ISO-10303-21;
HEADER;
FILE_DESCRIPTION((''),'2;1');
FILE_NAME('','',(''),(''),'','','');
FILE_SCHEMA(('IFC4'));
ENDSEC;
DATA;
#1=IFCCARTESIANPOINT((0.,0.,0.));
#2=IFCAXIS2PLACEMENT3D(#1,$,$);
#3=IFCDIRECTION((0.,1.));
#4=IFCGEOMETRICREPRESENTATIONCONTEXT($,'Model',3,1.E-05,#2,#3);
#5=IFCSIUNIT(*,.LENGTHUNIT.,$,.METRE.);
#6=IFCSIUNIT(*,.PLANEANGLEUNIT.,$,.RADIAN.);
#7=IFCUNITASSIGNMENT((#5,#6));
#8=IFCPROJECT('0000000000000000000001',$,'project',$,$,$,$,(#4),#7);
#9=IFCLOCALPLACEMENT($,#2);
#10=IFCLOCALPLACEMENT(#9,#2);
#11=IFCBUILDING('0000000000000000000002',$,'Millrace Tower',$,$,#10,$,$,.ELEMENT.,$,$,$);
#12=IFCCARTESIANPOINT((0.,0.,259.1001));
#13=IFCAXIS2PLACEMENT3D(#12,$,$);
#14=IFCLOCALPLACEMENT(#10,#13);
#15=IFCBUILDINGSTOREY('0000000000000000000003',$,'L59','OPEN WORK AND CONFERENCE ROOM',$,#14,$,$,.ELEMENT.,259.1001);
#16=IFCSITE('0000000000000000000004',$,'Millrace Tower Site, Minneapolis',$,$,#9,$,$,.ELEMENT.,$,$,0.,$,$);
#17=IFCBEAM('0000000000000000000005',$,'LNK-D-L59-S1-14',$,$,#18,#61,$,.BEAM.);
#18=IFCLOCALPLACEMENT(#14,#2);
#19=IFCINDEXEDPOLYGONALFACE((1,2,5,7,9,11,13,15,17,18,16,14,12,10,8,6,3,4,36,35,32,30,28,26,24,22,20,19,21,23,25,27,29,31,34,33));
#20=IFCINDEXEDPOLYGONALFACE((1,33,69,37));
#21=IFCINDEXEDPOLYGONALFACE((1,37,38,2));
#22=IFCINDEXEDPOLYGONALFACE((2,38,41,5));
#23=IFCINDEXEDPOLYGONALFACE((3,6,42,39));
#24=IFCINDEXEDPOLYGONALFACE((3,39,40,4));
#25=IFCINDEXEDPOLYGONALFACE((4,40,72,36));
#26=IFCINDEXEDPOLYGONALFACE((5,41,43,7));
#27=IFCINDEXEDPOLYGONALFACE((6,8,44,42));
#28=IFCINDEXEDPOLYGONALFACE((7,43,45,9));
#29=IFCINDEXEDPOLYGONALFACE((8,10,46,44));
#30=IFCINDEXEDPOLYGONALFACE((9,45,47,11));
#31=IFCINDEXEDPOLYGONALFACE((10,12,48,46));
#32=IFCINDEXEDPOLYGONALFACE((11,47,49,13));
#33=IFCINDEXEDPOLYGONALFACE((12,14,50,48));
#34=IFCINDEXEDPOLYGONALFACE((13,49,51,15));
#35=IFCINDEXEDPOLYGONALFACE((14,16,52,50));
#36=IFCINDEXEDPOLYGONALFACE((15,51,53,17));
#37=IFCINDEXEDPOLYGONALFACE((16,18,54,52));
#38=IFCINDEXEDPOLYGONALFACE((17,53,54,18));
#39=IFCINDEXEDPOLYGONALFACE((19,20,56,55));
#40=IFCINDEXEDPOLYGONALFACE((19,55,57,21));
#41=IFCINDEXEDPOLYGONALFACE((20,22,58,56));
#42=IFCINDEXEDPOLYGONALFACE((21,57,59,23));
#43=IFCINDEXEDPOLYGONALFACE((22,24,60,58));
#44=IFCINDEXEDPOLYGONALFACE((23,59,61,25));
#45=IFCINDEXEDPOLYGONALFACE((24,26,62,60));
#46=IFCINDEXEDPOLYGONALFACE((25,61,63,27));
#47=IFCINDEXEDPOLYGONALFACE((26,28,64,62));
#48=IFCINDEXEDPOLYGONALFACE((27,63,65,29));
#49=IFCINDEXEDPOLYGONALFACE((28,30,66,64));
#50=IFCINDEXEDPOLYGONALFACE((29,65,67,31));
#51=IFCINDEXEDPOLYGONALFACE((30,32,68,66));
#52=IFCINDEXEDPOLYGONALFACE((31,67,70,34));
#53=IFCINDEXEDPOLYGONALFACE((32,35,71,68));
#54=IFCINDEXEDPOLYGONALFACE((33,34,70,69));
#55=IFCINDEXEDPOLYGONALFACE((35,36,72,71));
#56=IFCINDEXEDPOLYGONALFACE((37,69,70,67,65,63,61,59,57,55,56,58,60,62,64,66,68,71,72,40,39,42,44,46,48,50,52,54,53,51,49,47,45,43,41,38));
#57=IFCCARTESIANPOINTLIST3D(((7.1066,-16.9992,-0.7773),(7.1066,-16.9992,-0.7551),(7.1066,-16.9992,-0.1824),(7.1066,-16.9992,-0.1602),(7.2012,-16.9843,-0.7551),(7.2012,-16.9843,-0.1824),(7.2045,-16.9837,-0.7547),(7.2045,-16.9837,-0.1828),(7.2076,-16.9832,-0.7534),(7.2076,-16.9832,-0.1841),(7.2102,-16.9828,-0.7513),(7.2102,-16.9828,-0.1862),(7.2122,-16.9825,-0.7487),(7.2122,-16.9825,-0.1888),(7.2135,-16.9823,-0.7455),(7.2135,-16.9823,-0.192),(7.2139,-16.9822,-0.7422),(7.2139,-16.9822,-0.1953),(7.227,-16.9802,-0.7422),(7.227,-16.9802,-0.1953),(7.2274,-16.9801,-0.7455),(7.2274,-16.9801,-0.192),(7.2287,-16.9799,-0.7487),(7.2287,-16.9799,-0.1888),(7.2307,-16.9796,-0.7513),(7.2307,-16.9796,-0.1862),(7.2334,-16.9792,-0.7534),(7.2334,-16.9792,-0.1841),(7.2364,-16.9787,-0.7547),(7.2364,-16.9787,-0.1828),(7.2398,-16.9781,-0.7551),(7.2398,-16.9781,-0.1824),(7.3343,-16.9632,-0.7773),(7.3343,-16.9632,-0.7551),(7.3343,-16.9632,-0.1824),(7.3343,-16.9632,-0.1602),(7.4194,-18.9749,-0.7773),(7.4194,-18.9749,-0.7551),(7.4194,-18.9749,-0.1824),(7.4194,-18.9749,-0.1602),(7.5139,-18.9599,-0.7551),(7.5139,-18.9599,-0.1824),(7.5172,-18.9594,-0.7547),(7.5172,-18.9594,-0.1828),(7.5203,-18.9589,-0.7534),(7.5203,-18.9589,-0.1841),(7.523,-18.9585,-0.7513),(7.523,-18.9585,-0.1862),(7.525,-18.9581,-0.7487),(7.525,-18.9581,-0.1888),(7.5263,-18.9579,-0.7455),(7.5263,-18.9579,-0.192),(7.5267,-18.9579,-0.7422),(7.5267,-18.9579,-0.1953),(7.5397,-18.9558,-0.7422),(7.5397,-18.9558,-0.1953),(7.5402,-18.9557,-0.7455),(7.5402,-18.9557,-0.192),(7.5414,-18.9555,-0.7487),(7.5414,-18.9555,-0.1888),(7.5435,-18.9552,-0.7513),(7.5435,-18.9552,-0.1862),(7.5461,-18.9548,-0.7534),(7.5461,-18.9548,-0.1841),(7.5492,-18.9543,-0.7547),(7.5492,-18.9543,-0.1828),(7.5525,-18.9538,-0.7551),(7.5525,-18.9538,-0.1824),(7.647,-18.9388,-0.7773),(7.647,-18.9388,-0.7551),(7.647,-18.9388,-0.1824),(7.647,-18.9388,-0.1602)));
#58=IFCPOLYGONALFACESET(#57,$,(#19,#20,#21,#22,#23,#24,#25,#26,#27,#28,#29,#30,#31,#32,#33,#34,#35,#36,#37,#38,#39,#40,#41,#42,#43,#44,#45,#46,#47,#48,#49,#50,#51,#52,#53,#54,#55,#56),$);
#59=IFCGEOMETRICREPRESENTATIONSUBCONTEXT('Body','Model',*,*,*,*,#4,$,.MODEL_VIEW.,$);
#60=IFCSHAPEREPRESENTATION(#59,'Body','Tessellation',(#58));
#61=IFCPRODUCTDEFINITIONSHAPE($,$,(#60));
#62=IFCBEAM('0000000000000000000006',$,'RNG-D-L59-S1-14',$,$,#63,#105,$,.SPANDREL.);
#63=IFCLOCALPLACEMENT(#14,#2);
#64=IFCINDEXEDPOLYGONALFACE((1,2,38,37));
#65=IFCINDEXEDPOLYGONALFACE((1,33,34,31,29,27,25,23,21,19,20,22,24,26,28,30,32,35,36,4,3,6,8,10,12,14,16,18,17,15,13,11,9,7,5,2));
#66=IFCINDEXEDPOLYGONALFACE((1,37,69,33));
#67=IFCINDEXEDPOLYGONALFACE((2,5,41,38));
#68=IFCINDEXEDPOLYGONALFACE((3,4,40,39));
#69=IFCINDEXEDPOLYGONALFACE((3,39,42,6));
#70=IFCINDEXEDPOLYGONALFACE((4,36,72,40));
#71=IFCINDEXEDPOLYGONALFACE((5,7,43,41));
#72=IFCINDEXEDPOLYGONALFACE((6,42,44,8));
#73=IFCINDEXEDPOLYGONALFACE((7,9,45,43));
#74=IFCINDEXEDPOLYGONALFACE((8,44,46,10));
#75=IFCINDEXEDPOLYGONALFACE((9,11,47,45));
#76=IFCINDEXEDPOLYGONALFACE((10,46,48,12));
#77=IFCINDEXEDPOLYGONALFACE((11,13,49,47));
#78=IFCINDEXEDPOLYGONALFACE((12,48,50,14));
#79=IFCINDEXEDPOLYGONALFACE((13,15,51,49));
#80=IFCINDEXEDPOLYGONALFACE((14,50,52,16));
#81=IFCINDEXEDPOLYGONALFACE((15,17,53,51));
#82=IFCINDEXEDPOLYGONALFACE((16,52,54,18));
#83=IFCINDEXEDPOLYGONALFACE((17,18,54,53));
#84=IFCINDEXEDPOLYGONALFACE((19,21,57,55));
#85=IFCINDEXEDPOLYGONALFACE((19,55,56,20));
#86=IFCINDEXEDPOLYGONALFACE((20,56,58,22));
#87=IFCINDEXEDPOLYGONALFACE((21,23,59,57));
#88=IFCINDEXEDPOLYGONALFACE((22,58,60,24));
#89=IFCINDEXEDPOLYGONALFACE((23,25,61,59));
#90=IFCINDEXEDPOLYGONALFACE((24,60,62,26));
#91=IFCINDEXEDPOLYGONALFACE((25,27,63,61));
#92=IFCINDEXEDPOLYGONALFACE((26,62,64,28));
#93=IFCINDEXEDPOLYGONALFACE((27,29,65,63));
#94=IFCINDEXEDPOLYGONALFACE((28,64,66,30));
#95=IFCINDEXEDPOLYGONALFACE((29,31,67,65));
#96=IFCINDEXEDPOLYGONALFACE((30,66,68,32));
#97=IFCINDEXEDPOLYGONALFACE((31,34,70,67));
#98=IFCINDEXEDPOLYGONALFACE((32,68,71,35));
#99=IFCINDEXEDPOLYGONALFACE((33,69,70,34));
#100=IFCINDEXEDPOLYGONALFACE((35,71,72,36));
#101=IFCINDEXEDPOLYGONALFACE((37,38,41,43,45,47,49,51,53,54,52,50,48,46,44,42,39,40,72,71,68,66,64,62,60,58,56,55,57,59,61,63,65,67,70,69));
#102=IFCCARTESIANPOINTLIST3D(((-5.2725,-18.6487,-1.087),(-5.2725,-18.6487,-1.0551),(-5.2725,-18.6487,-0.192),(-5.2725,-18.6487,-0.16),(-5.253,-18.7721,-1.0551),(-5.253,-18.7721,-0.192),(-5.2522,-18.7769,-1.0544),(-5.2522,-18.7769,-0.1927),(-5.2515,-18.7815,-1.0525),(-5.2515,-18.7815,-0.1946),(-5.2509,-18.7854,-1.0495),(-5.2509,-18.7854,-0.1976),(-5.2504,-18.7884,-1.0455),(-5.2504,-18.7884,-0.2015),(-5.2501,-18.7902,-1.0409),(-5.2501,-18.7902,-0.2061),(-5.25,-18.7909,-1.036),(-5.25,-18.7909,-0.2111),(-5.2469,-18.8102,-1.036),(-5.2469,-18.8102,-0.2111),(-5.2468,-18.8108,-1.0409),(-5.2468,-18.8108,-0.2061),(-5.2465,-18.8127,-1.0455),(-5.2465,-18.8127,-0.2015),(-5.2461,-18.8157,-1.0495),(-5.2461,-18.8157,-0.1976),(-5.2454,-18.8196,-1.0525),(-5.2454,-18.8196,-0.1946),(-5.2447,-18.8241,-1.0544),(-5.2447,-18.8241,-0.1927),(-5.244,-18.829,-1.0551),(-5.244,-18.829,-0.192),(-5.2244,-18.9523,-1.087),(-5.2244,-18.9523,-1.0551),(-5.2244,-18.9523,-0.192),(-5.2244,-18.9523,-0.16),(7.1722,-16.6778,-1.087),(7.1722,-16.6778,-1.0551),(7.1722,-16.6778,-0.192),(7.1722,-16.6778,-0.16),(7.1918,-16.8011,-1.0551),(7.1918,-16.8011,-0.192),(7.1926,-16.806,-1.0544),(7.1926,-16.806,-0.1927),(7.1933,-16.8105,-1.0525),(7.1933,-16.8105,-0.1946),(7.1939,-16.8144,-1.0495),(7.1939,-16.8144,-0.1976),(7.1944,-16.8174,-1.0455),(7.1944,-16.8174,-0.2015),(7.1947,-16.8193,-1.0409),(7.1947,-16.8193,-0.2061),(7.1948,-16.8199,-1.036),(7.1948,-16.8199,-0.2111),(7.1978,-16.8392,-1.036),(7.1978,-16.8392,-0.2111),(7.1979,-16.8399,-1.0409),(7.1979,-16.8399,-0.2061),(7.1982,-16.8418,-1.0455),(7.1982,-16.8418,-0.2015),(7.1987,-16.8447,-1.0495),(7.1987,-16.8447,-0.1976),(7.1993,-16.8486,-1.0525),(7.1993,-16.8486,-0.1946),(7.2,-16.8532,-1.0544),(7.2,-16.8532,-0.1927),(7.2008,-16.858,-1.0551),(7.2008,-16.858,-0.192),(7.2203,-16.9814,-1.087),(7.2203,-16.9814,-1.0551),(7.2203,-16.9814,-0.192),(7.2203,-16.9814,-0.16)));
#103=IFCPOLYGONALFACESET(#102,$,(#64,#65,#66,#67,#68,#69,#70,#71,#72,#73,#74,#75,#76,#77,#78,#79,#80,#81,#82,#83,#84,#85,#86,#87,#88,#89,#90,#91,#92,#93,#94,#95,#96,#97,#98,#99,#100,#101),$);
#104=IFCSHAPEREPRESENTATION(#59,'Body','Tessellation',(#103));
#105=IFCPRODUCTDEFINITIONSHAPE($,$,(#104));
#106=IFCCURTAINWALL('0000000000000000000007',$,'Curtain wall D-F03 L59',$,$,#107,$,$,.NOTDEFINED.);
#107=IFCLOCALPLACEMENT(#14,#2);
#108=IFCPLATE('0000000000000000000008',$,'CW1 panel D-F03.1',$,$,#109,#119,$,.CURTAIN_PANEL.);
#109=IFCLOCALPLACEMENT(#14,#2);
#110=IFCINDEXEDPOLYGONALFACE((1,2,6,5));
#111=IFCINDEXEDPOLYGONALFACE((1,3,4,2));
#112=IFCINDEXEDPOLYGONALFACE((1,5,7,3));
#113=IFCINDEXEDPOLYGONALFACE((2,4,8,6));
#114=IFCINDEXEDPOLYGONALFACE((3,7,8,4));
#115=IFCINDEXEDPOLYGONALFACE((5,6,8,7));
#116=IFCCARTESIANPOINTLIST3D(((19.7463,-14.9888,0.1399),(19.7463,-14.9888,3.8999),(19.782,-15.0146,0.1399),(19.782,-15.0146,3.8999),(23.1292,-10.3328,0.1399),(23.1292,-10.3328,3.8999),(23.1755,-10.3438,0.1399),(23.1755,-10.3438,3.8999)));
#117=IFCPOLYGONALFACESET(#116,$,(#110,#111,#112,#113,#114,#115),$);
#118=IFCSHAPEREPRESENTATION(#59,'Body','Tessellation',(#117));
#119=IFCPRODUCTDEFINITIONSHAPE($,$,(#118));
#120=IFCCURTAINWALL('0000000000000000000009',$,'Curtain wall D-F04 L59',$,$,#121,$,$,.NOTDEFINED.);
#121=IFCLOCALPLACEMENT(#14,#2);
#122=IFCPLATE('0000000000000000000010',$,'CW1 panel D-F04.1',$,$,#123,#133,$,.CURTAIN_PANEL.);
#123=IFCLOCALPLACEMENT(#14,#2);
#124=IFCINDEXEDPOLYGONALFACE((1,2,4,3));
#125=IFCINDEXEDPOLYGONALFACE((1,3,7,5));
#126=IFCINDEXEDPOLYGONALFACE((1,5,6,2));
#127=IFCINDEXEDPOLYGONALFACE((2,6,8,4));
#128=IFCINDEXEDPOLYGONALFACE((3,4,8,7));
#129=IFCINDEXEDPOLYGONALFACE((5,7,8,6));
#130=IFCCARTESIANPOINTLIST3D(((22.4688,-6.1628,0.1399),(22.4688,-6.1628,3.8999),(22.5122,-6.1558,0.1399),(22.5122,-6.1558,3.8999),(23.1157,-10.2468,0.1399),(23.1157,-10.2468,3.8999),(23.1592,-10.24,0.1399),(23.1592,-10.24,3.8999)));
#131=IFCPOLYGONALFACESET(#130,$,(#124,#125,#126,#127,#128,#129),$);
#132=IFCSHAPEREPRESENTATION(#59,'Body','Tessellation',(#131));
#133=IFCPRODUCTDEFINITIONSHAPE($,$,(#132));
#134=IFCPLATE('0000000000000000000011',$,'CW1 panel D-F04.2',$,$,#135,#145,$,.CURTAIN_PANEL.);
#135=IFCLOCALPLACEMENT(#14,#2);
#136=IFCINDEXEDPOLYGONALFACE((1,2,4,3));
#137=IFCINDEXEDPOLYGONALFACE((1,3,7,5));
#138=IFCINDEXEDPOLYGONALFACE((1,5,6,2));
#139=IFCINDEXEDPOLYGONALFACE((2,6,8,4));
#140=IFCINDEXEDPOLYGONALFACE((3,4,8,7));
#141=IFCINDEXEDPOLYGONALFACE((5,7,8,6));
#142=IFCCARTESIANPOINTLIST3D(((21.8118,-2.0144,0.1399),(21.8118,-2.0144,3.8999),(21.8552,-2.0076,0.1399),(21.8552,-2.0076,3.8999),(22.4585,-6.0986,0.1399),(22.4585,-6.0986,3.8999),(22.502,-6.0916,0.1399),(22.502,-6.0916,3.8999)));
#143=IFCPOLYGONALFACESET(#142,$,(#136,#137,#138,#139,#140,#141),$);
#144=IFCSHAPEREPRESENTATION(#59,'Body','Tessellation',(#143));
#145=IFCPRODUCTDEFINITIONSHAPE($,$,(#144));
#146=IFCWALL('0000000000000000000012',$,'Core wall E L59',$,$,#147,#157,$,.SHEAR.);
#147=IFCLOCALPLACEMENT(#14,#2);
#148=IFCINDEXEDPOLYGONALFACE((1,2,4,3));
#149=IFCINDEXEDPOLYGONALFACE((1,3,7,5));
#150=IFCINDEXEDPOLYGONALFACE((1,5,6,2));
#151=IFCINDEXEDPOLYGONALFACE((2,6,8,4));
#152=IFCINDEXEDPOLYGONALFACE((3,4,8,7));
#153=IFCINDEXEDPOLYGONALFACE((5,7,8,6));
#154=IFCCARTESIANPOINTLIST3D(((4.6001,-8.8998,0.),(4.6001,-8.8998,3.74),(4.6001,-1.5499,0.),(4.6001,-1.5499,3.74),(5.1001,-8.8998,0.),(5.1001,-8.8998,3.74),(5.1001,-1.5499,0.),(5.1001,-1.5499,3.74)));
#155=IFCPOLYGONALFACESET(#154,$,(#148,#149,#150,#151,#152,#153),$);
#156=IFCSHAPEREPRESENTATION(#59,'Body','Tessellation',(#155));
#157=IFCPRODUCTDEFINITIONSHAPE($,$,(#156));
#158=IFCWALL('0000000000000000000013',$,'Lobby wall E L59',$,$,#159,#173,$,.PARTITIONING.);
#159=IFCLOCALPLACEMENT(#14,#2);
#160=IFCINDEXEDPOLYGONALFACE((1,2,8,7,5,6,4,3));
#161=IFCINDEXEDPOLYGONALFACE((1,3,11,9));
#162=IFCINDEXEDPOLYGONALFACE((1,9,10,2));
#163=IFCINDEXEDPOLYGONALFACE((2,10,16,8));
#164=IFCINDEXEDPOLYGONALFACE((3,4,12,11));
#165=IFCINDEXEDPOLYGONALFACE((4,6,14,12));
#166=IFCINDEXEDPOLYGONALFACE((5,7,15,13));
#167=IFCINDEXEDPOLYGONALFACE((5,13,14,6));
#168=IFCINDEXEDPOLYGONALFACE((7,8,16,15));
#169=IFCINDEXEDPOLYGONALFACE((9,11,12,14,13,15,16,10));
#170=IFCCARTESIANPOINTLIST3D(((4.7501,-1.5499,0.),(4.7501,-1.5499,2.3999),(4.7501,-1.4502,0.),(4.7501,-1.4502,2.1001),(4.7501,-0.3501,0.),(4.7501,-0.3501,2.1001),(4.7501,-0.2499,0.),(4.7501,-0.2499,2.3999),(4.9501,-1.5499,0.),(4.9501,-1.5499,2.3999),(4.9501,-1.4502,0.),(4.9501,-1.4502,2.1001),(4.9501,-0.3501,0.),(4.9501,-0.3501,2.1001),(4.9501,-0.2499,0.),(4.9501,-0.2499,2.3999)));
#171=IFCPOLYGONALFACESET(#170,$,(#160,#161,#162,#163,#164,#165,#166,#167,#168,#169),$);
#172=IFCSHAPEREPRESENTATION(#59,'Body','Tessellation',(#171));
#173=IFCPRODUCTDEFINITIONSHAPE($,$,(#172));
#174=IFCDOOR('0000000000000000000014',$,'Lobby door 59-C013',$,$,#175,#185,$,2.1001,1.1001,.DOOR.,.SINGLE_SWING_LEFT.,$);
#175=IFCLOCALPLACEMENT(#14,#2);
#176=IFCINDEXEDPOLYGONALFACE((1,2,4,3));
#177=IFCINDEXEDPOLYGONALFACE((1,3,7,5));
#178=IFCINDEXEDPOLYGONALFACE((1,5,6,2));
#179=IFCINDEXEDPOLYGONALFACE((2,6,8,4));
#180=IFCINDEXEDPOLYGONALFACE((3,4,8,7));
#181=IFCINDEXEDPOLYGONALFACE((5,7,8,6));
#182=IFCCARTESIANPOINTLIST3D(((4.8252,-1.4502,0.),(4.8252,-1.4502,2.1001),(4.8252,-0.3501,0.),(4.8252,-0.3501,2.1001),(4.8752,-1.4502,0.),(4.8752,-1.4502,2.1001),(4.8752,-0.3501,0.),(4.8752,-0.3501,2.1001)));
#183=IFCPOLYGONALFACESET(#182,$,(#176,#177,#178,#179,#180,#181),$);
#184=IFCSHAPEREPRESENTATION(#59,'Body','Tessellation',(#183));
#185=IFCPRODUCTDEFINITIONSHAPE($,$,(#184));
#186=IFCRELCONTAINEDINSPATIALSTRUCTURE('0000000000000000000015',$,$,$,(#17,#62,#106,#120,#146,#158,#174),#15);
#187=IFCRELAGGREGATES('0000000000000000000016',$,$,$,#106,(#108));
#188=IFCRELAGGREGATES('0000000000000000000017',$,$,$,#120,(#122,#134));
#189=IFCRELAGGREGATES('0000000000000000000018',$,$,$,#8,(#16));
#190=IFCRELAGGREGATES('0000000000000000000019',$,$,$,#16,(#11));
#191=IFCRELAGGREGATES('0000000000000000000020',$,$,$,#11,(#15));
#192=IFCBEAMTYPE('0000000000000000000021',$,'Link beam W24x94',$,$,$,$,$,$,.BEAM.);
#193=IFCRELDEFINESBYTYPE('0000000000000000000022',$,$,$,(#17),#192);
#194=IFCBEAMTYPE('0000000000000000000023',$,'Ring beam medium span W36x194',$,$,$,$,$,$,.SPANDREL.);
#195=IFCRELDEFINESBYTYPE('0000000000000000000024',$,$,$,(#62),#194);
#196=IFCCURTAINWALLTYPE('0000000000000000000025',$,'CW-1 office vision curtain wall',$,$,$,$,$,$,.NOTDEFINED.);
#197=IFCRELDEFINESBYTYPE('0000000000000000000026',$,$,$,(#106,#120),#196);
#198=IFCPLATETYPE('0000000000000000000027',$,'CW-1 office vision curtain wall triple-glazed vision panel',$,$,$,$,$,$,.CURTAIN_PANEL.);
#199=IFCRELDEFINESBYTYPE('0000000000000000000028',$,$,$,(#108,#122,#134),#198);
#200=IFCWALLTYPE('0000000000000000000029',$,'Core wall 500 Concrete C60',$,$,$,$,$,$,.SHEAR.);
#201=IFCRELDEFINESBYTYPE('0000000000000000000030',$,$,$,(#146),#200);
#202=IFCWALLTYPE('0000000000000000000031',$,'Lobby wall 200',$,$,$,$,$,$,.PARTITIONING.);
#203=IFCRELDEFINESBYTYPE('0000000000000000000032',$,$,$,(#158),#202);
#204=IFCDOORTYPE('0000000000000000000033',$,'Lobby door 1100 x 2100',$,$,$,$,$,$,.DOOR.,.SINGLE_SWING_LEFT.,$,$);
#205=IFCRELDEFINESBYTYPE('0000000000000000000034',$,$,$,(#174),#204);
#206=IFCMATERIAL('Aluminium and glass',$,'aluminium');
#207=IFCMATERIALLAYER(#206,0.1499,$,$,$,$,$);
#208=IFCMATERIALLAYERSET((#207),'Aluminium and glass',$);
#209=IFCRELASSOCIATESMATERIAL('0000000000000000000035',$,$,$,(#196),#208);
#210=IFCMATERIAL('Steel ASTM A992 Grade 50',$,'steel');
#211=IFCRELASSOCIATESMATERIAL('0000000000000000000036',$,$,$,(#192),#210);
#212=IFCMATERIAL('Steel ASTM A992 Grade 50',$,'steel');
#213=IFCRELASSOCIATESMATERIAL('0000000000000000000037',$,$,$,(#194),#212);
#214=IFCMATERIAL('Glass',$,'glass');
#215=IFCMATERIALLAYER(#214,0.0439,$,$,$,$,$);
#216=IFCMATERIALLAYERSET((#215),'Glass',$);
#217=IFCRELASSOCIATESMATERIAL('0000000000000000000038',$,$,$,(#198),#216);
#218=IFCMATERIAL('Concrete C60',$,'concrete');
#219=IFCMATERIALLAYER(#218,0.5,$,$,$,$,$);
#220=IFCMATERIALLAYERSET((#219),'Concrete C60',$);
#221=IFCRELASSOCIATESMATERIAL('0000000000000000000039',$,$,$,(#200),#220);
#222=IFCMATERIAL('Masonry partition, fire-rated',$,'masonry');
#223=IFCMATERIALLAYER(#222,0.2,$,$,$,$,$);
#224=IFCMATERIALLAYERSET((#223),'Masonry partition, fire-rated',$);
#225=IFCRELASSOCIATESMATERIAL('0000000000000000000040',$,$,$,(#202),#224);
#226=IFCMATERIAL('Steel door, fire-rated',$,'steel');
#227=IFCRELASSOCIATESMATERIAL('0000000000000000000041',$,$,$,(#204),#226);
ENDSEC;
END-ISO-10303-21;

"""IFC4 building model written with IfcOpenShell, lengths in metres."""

from ifc_helpers import new_model, si_unit, direction, frame, frame_2d, origin, origin_2d, place, context, subcontext, project, spatial, polyline, rectangle, i_section, outline, extrude, material, layer, layer_set, material_profile, profile_set, type_object, element, fill, aggregate, save


model = new_model("IFC4")

# Units and contexts
model_context = context("Model", 3, precision=1e-05, world=origin(), true_north=direction((0.0, 1.0)))
body_context = subcontext(model_context, "Body", "Model", "MODEL_VIEW")
ifc_project = project(units=[si_unit("LENGTHUNIT", "METRE"), si_unit("PLANEANGLEUNIT", "RADIAN")], contexts=[model_context])

# Site, building, storey
site_placement = place(None, origin())
site = spatial("IfcSite", under=ifc_project, at=site_placement, Name="Millrace Tower Site, Minneapolis", CompositionType="ELEMENT", RefElevation=0.0)
building_placement = place(site_placement, origin())
building = spatial("IfcBuilding", under=site, at=building_placement, Name="Millrace Tower", CompositionType="ELEMENT")
storey_placement = place(building_placement, frame((0.0, 0.0, 259.1001)))
storey = spatial("IfcBuildingStorey", under=building, at=storey_placement, Name="L59", Description="OPEN WORK AND CONFERENCE ROOM", CompositionType="ELEMENT", Elevation=259.1001)

# Shared definitions
ifc_material_1 = material(Name="Aluminium and glass", Category="aluminium")
ifc_layer_1 = layer(ifc_material_1, 0.1499)
ifc_layer_set_1 = layer_set([ifc_layer_1], Name="Aluminium and glass")
curtain_wall_type = type_object("IfcCurtainWallType", Name="CW-1 office vision curtain wall", PredefinedType="NOTDEFINED", material=ifc_layer_set_1)
placement_1 = place(storey_placement, origin())

# Beams
ifc_material_2 = material(Name="Steel ASTM A992 Grade 50", Category="steel")
ifc_material_profile_1 = material_profile(ifc_material_2, i_section(OverallWidth=0.2305, OverallDepth=0.6172, WebThickness=0.0132, FlangeThickness=0.0222, FilletRadius=0.0129, at=origin_2d()))
ifc_profile_set_1 = profile_set([ifc_material_profile_1], Name="Steel ASTM A992 Grade 50")
beam_type_1 = type_object("IfcBeamType", Name="Link beam W24x94", PredefinedType="BEAM", material=ifc_profile_set_1)
beam_1_placement = place(storey_placement, frame((7.2205, -16.9812, -0.4688), z_axis=(0.156357, -0.987701, 0.0), x_axis=(0.987701, 0.156357, 0.0)))
element("IfcBeam", 1, at=beam_1_placement, inside=storey, type_object=beam_type_1, Name="LNK-D-L59-S1-14", PredefinedType="BEAM", context=body_context, shape_type="SweptSolid", body=[
    extrude(i_section(OverallWidth=0.2305, OverallDepth=0.6172, WebThickness=0.0132, FlangeThickness=0.0222, FilletRadius=0.0129, at=origin_2d()), origin(), (0.0, 0.0, 1.0), 2.0002),
])
ifc_material_3 = material(Name="Steel ASTM A992 Grade 50", Category="steel")
ifc_material_profile_2 = material_profile(ifc_material_3, i_section(OverallWidth=0.3074, OverallDepth=0.927, WebThickness=0.0195, FlangeThickness=0.032, FilletRadius=0.019, at=origin_2d()))
ifc_profile_set_2 = profile_set([ifc_material_profile_2], Name="Steel ASTM A992 Grade 50")
beam_type_2 = type_object("IfcBeamType", Name="Ring beam medium span W36x194", PredefinedType="SPANDREL", material=ifc_profile_set_2)
beam_2_placement = place(storey_placement, frame((7.1963, -16.8296, -0.6235), z_axis=(-0.98769, -0.156425, 0.0), x_axis=(0.156425, -0.98769, 0.0)))
element("IfcBeam", 2, at=beam_2_placement, inside=storey, type_object=beam_type_2, Name="RNG-D-L59-S1-14", PredefinedType="SPANDREL", context=body_context, shape_type="SweptSolid", body=[
    extrude(i_section(OverallWidth=0.3074, OverallDepth=0.927, WebThickness=0.0195, FlangeThickness=0.032, FilletRadius=0.019, at=origin_2d()), origin(), (0.0, 0.0, 1.0), 12.5999),
])

# Curtain wall, plate
curtain_wall_1 = element("IfcCurtainWall", 3, at=placement_1, inside=storey, type_object=curtain_wall_type, Name="Curtain wall D-F03 L59", PredefinedType="NOTDEFINED")
ifc_material_4 = material(Name="Glass", Category="glass")
ifc_layer_2 = layer(ifc_material_4, 0.0439)
ifc_layer_set_2 = layer_set([ifc_layer_2], Name="Glass")
plate_type = type_object("IfcPlateType", Name="CW-1 office vision curtain wall triple-glazed vision panel", PredefinedType="CURTAIN_PANEL", material=ifc_layer_set_2)
placement_2 = place(storey_placement, frame((0.0, 0.0, 0.1399)))
plate_1 = element("IfcPlate", 4, at=placement_2, type_object=plate_type, Name="CW1 panel D-F03.1", PredefinedType="CURTAIN_PANEL", context=body_context, shape_type="SweptSolid", body=[
    extrude(outline(polyline([(19.782, -15.0146), (23.1755, -10.3438), (23.1292, -10.3328), (19.7463, -14.9888), (19.782, -15.0146)])), origin(), (0.0, 0.0, 1.0), 3.76),
])
aggregate(curtain_wall_1, [plate_1])

# Curtain wall, plates
curtain_wall_2 = element("IfcCurtainWall", 5, at=placement_1, inside=storey, type_object=curtain_wall_type, Name="Curtain wall D-F04 L59", PredefinedType="NOTDEFINED")
plate_2 = element("IfcPlate", 6, at=placement_2, type_object=plate_type, Name="CW1 panel D-F04.1", PredefinedType="CURTAIN_PANEL", context=body_context, shape_type="SweptSolid", body=[
    extrude(outline(polyline([(23.1592, -10.24), (22.5122, -6.1558), (22.4688, -6.1628), (23.1157, -10.2468), (23.1592, -10.24)])), origin(), (0.0, 0.0, 1.0), 3.76),
])
plate_3 = element("IfcPlate", 7, at=placement_2, type_object=plate_type, Name="CW1 panel D-F04.2", PredefinedType="CURTAIN_PANEL", context=body_context, shape_type="SweptSolid", body=[
    extrude(outline(polyline([(22.502, -6.0916), (21.8552, -2.0076), (21.8118, -2.0144), (22.4585, -6.0986), (22.502, -6.0916)])), origin(), (0.0, 0.0, 1.0), 3.76),
])
aggregate(curtain_wall_2, [plate_2, plate_3])

# Wall
ifc_material_5 = material(Name="Concrete C60", Category="concrete")
ifc_layer_3 = layer(ifc_material_5, 0.5)
ifc_layer_set_3 = layer_set([ifc_layer_3], Name="Concrete C60")
wall_type_1 = type_object("IfcWallType", Name="Core wall 500 Concrete C60", PredefinedType="SHEAR", material=ifc_layer_set_3)
wall_1_placement = place(storey_placement, frame((4.8501, -1.55, 0.0), z_axis=(0.0, 0.0, 1.0), x_axis=(0.0, -1.0, 0.0)))
element("IfcWall", 8, at=wall_1_placement, inside=storey, type_object=wall_type_1, Name="Core wall E L59", PredefinedType="SHEAR", context=body_context, shape_type="SweptSolid", body=[
    extrude(rectangle(XDim=7.3499, YDim=0.5, at=frame_2d((3.6748, 0.0))), origin(), (0.0, 0.0, 1.0), 3.74),
])

# Wall, opening, door
ifc_material_6 = material(Name="Masonry partition, fire-rated", Category="masonry")
ifc_layer_4 = layer(ifc_material_6, 0.2)
ifc_layer_set_4 = layer_set([ifc_layer_4], Name="Masonry partition, fire-rated")
wall_type_2 = type_object("IfcWallType", Name="Lobby wall 200", PredefinedType="PARTITIONING", material=ifc_layer_set_4)
wall_2_placement = place(storey_placement, frame((4.8501, -0.25, 0.0), z_axis=(0.0, 0.0, 1.0), x_axis=(0.0, -1.0, 0.0)))
wall_2 = element("IfcWall", 9, at=wall_2_placement, inside=storey, type_object=wall_type_2, Name="Lobby wall E L59", PredefinedType="PARTITIONING", context=body_context, shape_type="SweptSolid", body=[
    extrude(rectangle(XDim=1.3, YDim=0.2, at=frame_2d((0.6499, 0.0))), origin(), (0.0, 0.0, 1.0), 2.3999),
])
opening_placement = place(wall_2_placement, frame((0.1001, 0.0, 0.0)))
opening = element("IfcOpeningElement", 10, at=opening_placement, cuts=wall_2, PredefinedType="OPENING", context=body_context, shape_type="SweptSolid", body=[
    extrude(rectangle(XDim=1.1001, YDim=2.1001, at=frame_2d((0.55, 1.05))), frame((0.0, 0.1099, 0.0), z_axis=(0.0, -1.0, 0.0), x_axis=(1.0, 0.0, 0.0)), (0.0, 0.0, 1.0), 0.22),
])
ifc_material_7 = material(Name="Steel door, fire-rated", Category="steel")
door_type = type_object("IfcDoorType", Name="Lobby door 1100 x 2100", OperationType="SINGLE_SWING_LEFT", PredefinedType="DOOR", material=ifc_material_7)
door_placement = place(opening_placement, frame((1.1001, 0.0, 0.0), z_axis=(0.0, 0.0, 1.0), x_axis=(-1.0, 0.0, 0.0)))
door = element("IfcDoor", 11, at=door_placement, inside=storey, type_object=door_type, Name="Lobby door 59-C013", OperationType="SINGLE_SWING_LEFT", OverallHeight=2.1001, OverallWidth=1.1001, PredefinedType="DOOR", context=body_context, shape_type="SweptSolid", body=[
    extrude(rectangle(XDim=1.1001, YDim=2.1001, at=frame_2d((0.55, 1.05))), frame((0.0, 0.0249, 0.0), z_axis=(0.0, -1.0, 0.0), x_axis=(1.0, 0.0, 0.0)), (0.0, 0.0, 1.0), 0.05),
])
fill(opening, door)

save(model, "model.ifc")
